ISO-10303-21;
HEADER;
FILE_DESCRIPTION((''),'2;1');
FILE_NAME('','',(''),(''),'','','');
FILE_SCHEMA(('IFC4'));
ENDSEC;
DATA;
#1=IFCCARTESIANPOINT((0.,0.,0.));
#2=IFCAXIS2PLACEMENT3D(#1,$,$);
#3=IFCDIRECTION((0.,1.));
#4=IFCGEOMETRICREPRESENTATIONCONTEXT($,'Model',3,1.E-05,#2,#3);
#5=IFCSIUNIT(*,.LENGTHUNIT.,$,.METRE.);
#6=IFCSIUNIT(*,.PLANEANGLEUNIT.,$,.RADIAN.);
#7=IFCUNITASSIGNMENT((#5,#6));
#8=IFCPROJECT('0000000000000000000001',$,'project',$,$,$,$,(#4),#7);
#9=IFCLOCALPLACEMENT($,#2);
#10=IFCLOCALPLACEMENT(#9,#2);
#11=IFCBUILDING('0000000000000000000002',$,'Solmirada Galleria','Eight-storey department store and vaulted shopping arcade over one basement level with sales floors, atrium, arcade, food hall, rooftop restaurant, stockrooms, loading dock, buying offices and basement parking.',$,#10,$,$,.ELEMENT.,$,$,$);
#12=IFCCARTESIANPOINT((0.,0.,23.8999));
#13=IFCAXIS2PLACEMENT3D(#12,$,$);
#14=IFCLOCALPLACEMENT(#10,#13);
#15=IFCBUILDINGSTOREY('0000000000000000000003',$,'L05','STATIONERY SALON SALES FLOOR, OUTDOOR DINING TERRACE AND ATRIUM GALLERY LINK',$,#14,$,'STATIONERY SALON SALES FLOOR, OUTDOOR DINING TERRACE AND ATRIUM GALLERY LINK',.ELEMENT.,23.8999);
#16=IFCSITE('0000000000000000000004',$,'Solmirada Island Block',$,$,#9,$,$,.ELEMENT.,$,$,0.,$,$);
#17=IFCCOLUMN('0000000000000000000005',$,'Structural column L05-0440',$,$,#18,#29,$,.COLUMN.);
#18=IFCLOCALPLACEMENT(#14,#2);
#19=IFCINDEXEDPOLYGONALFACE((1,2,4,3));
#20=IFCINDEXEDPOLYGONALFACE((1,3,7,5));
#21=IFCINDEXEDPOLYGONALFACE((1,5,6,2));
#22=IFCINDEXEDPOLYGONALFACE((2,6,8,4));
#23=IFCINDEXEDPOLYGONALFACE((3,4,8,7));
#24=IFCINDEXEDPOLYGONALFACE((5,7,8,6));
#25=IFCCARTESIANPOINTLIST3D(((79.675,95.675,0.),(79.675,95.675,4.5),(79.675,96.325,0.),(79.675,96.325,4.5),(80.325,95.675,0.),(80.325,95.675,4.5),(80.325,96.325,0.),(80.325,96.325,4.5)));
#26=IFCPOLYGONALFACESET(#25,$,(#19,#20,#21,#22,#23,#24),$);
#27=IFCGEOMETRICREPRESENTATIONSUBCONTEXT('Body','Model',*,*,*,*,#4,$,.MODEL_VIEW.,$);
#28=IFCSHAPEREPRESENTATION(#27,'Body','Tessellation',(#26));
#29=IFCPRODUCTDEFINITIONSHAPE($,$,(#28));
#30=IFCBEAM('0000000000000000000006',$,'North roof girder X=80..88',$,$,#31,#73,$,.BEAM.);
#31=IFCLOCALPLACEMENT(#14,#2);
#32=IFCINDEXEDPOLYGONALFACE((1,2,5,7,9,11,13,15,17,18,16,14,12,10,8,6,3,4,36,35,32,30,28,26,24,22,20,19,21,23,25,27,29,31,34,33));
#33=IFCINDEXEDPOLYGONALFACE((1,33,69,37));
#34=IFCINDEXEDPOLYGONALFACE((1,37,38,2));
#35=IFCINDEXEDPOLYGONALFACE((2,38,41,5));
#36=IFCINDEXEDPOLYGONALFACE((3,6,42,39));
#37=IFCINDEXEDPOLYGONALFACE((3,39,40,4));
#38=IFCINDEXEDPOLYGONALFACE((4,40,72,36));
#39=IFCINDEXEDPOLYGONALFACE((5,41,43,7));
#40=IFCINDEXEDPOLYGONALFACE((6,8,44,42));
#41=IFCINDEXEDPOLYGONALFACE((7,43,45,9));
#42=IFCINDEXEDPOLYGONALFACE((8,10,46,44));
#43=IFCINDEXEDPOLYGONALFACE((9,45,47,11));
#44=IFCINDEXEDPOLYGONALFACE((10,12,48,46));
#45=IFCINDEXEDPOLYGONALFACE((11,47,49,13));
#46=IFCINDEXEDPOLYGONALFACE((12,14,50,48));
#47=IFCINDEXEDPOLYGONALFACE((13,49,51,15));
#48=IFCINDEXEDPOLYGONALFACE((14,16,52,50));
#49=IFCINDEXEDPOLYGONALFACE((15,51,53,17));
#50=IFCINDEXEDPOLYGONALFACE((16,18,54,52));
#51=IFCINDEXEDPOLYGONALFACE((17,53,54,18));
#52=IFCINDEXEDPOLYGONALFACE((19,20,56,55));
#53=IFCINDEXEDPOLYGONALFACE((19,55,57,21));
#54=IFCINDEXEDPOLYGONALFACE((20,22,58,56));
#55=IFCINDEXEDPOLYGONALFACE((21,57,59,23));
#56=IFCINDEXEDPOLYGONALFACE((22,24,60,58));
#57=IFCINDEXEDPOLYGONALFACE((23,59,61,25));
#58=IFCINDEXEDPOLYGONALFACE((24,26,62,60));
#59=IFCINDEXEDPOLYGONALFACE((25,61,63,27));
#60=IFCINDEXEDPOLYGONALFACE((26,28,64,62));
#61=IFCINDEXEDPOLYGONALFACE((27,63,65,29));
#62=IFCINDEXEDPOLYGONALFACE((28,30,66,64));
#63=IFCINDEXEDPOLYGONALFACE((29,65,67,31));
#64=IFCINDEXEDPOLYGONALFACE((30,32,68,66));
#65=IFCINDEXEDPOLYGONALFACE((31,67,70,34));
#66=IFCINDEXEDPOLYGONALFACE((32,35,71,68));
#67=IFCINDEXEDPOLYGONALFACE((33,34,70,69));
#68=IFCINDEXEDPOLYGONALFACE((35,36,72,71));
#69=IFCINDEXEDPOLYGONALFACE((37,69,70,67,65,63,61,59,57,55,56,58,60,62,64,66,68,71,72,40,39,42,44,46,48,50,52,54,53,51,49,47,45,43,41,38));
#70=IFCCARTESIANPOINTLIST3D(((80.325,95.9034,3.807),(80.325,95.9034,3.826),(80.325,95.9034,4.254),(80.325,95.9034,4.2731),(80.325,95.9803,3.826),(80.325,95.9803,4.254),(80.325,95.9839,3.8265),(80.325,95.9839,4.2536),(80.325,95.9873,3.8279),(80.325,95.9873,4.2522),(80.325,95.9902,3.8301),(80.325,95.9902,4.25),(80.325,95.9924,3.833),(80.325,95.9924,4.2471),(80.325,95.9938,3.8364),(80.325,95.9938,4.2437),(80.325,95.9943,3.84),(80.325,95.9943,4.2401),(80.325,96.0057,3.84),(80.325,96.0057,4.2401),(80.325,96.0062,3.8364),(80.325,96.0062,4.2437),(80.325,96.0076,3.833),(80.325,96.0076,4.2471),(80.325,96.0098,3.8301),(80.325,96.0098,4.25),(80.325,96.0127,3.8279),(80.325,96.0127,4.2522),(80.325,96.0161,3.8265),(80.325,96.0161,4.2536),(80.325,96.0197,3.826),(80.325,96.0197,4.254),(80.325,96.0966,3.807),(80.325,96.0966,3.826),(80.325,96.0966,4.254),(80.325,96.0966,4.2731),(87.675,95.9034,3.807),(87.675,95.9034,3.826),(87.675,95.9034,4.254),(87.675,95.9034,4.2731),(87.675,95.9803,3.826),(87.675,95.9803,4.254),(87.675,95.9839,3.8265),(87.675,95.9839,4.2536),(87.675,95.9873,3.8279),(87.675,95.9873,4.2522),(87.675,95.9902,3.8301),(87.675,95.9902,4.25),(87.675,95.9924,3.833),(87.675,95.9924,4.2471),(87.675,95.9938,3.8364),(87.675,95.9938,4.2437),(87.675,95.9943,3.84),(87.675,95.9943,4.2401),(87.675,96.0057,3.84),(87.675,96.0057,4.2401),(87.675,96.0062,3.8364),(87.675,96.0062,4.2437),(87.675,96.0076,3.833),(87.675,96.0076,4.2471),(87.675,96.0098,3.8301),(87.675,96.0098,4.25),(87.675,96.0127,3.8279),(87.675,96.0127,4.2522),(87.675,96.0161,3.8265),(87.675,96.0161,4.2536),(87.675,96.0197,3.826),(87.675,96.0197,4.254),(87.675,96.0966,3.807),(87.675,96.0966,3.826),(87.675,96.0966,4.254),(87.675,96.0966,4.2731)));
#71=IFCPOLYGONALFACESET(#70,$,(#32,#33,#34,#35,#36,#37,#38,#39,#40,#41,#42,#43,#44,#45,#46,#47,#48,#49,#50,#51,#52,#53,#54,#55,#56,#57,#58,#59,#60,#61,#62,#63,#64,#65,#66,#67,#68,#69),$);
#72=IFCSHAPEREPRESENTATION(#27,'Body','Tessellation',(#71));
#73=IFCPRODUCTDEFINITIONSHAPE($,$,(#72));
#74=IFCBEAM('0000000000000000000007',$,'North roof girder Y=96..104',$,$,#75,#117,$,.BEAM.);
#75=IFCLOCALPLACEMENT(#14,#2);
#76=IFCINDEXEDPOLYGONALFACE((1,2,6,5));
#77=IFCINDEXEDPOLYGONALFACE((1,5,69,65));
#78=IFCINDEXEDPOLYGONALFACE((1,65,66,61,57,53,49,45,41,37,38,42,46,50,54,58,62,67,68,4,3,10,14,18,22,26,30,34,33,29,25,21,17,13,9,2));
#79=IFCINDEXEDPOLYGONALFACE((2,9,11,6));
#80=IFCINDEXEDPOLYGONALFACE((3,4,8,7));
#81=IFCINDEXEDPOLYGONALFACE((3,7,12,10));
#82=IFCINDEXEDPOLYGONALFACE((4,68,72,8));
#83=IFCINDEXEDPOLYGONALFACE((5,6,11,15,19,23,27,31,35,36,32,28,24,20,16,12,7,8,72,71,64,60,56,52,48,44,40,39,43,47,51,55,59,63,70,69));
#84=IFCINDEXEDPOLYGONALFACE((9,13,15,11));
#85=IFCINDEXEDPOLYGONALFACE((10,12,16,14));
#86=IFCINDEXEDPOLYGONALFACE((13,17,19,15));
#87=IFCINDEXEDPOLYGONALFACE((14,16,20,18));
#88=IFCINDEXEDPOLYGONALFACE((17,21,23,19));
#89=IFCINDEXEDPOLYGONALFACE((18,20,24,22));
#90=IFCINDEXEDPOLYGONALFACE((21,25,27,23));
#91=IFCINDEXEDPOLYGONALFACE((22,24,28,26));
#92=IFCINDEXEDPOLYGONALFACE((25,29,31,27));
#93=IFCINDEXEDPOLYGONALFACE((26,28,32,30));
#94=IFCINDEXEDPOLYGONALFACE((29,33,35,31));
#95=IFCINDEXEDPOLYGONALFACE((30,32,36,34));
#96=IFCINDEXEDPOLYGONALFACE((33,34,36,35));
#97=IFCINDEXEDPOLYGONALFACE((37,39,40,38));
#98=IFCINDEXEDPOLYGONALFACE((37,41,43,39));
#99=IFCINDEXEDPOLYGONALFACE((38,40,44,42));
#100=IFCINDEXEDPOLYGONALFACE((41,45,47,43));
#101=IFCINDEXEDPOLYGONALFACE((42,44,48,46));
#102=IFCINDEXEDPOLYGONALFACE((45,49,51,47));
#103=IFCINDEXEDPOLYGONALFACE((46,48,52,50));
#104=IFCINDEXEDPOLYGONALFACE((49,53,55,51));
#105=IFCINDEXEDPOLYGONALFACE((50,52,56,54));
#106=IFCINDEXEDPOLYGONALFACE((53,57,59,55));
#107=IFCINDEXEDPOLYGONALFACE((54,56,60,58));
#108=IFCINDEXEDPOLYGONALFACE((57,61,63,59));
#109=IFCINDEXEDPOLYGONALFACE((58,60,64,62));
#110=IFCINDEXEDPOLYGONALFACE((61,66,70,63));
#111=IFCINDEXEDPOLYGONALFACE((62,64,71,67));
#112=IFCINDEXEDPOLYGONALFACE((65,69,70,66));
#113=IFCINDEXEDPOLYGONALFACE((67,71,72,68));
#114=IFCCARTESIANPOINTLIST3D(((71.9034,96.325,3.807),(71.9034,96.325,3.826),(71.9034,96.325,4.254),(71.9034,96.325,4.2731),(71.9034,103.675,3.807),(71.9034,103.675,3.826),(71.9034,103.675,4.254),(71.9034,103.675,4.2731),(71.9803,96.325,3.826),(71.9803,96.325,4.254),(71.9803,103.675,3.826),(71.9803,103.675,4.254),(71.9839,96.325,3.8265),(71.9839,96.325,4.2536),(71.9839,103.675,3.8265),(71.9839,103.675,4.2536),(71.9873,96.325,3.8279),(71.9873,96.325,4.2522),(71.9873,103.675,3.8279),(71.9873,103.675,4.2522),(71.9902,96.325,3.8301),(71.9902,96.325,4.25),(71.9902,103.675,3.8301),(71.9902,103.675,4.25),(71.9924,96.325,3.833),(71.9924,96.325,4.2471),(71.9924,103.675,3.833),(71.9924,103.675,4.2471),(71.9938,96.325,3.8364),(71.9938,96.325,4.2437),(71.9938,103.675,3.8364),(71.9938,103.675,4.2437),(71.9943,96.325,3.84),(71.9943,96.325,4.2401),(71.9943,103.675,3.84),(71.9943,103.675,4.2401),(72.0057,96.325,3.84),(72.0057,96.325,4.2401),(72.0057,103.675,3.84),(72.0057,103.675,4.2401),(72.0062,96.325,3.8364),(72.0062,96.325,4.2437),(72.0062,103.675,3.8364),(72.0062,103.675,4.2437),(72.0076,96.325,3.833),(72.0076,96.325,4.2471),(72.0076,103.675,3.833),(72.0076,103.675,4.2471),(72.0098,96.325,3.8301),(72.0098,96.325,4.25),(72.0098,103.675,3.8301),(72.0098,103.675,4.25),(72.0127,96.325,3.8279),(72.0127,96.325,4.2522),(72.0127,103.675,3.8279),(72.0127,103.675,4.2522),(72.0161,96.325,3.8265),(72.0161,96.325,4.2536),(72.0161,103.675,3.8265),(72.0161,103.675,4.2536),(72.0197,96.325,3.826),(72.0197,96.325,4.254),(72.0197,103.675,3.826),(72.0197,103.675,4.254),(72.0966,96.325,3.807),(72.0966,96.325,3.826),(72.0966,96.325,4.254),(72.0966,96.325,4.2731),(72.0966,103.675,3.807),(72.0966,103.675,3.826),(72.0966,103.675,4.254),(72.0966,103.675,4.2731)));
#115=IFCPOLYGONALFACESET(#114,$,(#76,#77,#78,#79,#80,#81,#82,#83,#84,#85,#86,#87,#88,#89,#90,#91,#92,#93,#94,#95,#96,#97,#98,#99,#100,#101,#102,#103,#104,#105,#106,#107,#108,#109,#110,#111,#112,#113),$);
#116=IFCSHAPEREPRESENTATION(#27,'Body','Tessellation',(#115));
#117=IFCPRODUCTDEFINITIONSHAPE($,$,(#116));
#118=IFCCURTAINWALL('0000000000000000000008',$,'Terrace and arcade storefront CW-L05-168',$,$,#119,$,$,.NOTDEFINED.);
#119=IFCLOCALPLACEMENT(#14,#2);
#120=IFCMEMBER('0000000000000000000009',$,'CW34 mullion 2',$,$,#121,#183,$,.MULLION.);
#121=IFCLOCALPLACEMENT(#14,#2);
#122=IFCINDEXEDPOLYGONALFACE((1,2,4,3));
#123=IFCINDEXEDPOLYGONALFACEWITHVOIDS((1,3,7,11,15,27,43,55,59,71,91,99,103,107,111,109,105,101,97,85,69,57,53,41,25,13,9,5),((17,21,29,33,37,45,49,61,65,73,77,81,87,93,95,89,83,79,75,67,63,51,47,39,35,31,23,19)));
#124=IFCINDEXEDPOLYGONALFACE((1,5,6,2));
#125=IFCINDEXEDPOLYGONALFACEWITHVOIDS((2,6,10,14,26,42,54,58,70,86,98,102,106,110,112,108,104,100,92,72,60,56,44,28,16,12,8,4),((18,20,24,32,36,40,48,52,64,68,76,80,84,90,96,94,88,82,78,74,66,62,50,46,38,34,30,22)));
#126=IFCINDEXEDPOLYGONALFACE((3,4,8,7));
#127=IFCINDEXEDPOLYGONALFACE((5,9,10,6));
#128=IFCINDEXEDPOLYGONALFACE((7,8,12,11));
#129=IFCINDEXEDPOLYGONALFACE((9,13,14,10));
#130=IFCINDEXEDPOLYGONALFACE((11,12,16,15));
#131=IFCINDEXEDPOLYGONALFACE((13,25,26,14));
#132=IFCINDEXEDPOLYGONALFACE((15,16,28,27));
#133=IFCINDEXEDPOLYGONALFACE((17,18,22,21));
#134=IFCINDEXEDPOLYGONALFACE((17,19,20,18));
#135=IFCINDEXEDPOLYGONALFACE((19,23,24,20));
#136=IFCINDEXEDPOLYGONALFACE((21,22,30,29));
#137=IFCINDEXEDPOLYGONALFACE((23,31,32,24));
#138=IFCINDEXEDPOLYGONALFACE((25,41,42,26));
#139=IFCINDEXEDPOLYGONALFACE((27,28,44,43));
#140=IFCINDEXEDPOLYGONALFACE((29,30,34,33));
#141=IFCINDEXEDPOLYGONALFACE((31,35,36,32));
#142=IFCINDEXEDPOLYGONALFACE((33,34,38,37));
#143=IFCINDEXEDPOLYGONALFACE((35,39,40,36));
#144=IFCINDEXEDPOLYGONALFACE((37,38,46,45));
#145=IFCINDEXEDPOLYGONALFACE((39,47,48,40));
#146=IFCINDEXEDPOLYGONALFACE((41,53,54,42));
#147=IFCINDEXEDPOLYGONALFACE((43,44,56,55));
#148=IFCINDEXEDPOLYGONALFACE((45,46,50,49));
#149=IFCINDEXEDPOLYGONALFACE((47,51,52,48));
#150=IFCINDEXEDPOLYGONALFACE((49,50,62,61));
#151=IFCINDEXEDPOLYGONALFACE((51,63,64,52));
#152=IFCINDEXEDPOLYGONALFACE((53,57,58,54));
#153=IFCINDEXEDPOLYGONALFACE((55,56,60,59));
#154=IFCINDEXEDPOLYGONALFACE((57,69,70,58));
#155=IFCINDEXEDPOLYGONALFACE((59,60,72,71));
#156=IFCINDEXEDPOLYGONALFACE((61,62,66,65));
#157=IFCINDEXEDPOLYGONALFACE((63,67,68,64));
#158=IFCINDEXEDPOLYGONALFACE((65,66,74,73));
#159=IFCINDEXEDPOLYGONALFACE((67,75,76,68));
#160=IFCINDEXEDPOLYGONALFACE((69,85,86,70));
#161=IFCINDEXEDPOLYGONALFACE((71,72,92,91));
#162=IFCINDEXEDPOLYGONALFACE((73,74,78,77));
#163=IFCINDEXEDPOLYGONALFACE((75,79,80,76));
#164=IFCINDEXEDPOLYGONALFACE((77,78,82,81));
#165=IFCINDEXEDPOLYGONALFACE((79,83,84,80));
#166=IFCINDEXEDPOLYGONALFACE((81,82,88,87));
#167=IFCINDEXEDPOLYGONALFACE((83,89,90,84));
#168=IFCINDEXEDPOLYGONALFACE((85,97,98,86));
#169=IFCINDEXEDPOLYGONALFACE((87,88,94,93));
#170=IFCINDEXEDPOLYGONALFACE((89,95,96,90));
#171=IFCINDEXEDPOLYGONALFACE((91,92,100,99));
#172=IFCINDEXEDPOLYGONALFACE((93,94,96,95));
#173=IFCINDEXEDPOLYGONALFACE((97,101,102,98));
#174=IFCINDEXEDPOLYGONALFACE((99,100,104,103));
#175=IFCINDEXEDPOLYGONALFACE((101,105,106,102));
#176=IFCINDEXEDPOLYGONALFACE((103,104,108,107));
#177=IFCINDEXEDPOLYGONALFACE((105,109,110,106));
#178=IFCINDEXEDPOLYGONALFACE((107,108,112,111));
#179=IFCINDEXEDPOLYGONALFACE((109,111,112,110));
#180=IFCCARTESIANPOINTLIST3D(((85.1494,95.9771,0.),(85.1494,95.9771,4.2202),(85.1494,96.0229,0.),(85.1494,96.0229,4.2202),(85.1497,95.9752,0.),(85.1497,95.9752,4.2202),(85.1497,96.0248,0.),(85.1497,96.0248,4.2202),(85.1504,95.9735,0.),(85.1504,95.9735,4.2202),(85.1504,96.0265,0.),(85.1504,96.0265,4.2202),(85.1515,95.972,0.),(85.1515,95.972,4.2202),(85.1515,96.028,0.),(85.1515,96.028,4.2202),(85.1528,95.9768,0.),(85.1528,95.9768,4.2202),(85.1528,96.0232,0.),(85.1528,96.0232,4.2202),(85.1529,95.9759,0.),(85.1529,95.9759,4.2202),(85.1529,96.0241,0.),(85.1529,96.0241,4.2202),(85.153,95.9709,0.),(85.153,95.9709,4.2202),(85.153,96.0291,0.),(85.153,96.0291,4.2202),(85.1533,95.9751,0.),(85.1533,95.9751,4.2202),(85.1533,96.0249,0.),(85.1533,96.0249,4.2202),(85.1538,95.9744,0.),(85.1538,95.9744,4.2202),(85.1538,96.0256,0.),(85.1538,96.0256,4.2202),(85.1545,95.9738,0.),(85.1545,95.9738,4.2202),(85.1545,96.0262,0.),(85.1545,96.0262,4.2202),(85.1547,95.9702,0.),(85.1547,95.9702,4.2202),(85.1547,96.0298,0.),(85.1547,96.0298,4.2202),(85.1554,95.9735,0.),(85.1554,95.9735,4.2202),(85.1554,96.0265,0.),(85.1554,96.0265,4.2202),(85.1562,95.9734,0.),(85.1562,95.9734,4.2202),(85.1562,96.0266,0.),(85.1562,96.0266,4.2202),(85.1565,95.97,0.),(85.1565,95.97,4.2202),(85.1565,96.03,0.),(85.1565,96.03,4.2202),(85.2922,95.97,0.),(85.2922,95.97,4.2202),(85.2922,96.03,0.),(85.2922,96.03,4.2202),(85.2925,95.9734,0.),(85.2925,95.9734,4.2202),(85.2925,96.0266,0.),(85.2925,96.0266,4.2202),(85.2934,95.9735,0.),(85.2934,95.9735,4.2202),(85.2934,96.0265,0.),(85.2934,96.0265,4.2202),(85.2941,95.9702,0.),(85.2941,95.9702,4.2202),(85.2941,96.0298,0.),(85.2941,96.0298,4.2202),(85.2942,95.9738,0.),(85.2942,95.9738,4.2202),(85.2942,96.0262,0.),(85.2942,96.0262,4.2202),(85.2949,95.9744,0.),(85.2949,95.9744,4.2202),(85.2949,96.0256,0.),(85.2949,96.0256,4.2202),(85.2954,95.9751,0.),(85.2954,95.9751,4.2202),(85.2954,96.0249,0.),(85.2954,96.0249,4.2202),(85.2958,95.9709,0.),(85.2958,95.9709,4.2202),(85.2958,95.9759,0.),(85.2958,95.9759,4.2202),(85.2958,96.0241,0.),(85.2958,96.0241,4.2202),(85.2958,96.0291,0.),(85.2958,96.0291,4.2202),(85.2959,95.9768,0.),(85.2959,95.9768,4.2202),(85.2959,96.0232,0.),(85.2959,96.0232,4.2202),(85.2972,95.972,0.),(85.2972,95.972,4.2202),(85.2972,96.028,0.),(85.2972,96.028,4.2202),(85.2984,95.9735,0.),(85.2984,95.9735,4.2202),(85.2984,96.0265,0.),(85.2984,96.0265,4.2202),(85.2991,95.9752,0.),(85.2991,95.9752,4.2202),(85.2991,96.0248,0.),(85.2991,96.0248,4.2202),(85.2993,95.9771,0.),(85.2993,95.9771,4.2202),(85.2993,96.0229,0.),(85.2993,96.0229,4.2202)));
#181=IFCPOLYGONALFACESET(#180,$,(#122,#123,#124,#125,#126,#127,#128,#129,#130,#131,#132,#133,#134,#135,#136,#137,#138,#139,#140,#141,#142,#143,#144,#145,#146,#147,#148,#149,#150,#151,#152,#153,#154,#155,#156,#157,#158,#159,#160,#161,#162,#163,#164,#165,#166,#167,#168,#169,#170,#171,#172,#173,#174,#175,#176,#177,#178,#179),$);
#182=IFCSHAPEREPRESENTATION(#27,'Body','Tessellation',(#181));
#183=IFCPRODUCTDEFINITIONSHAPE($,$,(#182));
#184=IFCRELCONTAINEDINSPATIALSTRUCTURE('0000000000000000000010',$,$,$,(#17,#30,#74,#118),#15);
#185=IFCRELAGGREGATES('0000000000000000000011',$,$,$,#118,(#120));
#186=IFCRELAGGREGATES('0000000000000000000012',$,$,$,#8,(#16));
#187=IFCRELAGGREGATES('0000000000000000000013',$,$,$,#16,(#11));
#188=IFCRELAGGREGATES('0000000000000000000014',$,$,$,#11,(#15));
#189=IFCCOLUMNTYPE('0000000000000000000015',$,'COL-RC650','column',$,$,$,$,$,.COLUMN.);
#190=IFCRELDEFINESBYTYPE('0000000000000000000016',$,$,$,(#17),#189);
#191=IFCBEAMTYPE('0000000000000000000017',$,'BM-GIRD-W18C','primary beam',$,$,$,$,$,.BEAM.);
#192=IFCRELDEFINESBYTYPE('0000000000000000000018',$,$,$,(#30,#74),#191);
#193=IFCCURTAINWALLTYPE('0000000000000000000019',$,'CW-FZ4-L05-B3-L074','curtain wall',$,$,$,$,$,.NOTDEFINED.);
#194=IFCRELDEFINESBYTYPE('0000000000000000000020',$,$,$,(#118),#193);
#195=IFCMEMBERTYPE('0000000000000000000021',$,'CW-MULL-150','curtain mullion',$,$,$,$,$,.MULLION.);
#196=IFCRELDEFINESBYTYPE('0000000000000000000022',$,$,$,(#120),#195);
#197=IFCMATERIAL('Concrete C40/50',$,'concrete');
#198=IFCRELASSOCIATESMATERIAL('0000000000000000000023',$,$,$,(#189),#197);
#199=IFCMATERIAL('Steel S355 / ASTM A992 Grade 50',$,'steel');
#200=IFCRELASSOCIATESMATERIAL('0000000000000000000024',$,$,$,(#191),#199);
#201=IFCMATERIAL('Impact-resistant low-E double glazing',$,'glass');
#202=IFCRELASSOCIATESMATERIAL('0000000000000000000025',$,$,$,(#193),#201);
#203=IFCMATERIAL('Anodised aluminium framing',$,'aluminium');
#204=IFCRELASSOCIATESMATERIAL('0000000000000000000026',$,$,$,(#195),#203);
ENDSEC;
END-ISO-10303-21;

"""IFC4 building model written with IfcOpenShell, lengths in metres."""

from ifc_helpers import new_model, si_unit, direction, frame, origin, origin_2d, place, context, subcontext, project, spatial, rectangle, hollow_rectangle, i_section, extrude, material, material_profile, profile_set, type_object, element, aggregate, save


model = new_model("IFC4")

# Units and contexts
model_context = context("Model", 3, precision=1e-05, world=origin(), true_north=direction((0.0, 1.0)))
body_context = subcontext(model_context, "Body", "Model", "MODEL_VIEW")
ifc_project = project(units=[si_unit("LENGTHUNIT", "METRE"), si_unit("PLANEANGLEUNIT", "RADIAN")], contexts=[model_context])

# Site, building, storey
site_placement = place(None, origin())
site = spatial("IfcSite", under=ifc_project, at=site_placement, Name="Solmirada Island Block", CompositionType="ELEMENT", RefElevation=0.0)
building_placement = place(site_placement, origin())
building = spatial("IfcBuilding", under=site, at=building_placement, Name="Solmirada Galleria", Description="Eight-storey department store and vaulted shopping arcade over one basement level with sales floors, atrium, arcade, food hall, rooftop restaurant, stockrooms, loading dock, buying offices and basement parking.", CompositionType="ELEMENT")
storey_placement = place(building_placement, frame((0.0, 0.0, 23.8999)))
storey = spatial("IfcBuildingStorey", under=building, at=storey_placement, Name="L05", Description="STATIONERY SALON SALES FLOOR, OUTDOOR DINING TERRACE AND ATRIUM GALLERY LINK", LongName="STATIONERY SALON SALES FLOOR, OUTDOOR DINING TERRACE AND ATRIUM GALLERY LINK", CompositionType="ELEMENT", Elevation=23.8999)

# Column
ifc_material_1 = material(Name="Concrete C40/50", Category="concrete")
ifc_material_profile_1 = material_profile(ifc_material_1, rectangle(XDim=0.6499, YDim=0.6499, at=origin_2d()), Name="RC650X650")
ifc_profile_set_1 = profile_set([ifc_material_profile_1], Name="Concrete C40/50")
column_type = type_object("IfcColumnType", Name="COL-RC650", Description="column", PredefinedType="COLUMN", material=ifc_profile_set_1)
column_placement = place(storey_placement, frame((80.0, 96.0, 0.0), z_axis=(0.0, 0.0, 1.0), x_axis=(1.0, 0.0, 0.0)))
element("IfcColumn", 1, at=column_placement, inside=storey, type_object=column_type, Name="Structural column L05-0440", PredefinedType="COLUMN", context=body_context, shape_type="SweptSolid", body=[
    extrude(rectangle(XDim=0.6499, YDim=0.6499, at=origin_2d()), origin(), (0.0, 0.0, 1.0), 4.5),
])

# Beams
ifc_material_2 = material(Name="Steel S355 / ASTM A992 Grade 50", Category="steel")
ifc_material_profile_2 = material_profile(ifc_material_2, i_section(OverallWidth=0.1931, OverallDepth=0.4661, WebThickness=0.0115, FlangeThickness=0.019, FilletRadius=0.0139, at=origin_2d()), Name="W18X65")
ifc_profile_set_2 = profile_set([ifc_material_profile_2], Name="Steel S355 / ASTM A992 Grade 50")
beam_type = type_object("IfcBeamType", Name="BM-GIRD-W18C", Description="primary beam", PredefinedType="BEAM", material=ifc_profile_set_2)
for number, where, z_axis, x_axis, name in (
    (2, (80.325, 96.0, 4.04), (1.0, 0.0, 0.0), (0.0, 1.0, 0.0), "North roof girder X=80..88"),
    (3, (72.0, 96.325, 4.04), (0.0, 1.0, 0.0), (-1.0, 0.0, 0.0), "North roof girder Y=96..104"),
):
    element("IfcBeam", number, at=place(storey_placement, frame(where, z_axis=z_axis, x_axis=x_axis)), inside=storey, type_object=beam_type, Name=name, PredefinedType="BEAM", context=body_context, shape_type="SweptSolid", body=[
        extrude(i_section(OverallWidth=0.1931, OverallDepth=0.4661, WebThickness=0.0115, FlangeThickness=0.019, FilletRadius=0.0139, at=origin_2d()), origin(), (0.0, 0.0, 1.0), 7.3501),
    ])

# Curtain wall, member
ifc_material_3 = material(Name="Impact-resistant low-E double glazing", Category="glass")
curtain_wall_type = type_object("IfcCurtainWallType", Name="CW-FZ4-L05-B3-L074", Description="curtain wall", PredefinedType="NOTDEFINED", material=ifc_material_3)
curtain_wall_1_placement = place(storey_placement, origin())
curtain_wall_1 = element("IfcCurtainWall", 4, at=curtain_wall_1_placement, inside=storey, type_object=curtain_wall_type, Name="Terrace and arcade storefront CW-L05-168", PredefinedType="NOTDEFINED")
ifc_material_4 = material(Name="Anodised aluminium framing", Category="aluminium")
ifc_material_profile_3 = material_profile(ifc_material_4, hollow_rectangle(XDim=0.0601, YDim=0.1499, WallThickness=0.0034, InnerFilletRadius=0.0034, OuterFilletRadius=0.0071, at=origin_2d()), Name="ALU-MULL-150X60")
ifc_profile_set_3 = profile_set([ifc_material_profile_3], Name="Anodised aluminium framing")
member_type_1 = type_object("IfcMemberType", Name="CW-MULL-150", Description="curtain mullion", PredefinedType="MULLION", material=ifc_profile_set_3)
member_1_placement = place(storey_placement, frame((85.2244, 96.0, 0.0), z_axis=(0.0, 0.0, 1.0), x_axis=(0.0, -1.0, 0.0)))
member_1 = element("IfcMember", 5, at=member_1_placement, type_object=member_type_1, Name="CW34 mullion 2", PredefinedType="MULLION", context=body_context, shape_type="SweptSolid", body=[
    extrude(hollow_rectangle(XDim=0.0601, YDim=0.1499, WallThickness=0.0034, InnerFilletRadius=0.0034, OuterFilletRadius=0.0071, at=origin_2d()), origin(), (0.0, 0.0, 1.0), 4.2202),
])

aggregate(curtain_wall_1, [member_1])

save(model, "model.ifc")
